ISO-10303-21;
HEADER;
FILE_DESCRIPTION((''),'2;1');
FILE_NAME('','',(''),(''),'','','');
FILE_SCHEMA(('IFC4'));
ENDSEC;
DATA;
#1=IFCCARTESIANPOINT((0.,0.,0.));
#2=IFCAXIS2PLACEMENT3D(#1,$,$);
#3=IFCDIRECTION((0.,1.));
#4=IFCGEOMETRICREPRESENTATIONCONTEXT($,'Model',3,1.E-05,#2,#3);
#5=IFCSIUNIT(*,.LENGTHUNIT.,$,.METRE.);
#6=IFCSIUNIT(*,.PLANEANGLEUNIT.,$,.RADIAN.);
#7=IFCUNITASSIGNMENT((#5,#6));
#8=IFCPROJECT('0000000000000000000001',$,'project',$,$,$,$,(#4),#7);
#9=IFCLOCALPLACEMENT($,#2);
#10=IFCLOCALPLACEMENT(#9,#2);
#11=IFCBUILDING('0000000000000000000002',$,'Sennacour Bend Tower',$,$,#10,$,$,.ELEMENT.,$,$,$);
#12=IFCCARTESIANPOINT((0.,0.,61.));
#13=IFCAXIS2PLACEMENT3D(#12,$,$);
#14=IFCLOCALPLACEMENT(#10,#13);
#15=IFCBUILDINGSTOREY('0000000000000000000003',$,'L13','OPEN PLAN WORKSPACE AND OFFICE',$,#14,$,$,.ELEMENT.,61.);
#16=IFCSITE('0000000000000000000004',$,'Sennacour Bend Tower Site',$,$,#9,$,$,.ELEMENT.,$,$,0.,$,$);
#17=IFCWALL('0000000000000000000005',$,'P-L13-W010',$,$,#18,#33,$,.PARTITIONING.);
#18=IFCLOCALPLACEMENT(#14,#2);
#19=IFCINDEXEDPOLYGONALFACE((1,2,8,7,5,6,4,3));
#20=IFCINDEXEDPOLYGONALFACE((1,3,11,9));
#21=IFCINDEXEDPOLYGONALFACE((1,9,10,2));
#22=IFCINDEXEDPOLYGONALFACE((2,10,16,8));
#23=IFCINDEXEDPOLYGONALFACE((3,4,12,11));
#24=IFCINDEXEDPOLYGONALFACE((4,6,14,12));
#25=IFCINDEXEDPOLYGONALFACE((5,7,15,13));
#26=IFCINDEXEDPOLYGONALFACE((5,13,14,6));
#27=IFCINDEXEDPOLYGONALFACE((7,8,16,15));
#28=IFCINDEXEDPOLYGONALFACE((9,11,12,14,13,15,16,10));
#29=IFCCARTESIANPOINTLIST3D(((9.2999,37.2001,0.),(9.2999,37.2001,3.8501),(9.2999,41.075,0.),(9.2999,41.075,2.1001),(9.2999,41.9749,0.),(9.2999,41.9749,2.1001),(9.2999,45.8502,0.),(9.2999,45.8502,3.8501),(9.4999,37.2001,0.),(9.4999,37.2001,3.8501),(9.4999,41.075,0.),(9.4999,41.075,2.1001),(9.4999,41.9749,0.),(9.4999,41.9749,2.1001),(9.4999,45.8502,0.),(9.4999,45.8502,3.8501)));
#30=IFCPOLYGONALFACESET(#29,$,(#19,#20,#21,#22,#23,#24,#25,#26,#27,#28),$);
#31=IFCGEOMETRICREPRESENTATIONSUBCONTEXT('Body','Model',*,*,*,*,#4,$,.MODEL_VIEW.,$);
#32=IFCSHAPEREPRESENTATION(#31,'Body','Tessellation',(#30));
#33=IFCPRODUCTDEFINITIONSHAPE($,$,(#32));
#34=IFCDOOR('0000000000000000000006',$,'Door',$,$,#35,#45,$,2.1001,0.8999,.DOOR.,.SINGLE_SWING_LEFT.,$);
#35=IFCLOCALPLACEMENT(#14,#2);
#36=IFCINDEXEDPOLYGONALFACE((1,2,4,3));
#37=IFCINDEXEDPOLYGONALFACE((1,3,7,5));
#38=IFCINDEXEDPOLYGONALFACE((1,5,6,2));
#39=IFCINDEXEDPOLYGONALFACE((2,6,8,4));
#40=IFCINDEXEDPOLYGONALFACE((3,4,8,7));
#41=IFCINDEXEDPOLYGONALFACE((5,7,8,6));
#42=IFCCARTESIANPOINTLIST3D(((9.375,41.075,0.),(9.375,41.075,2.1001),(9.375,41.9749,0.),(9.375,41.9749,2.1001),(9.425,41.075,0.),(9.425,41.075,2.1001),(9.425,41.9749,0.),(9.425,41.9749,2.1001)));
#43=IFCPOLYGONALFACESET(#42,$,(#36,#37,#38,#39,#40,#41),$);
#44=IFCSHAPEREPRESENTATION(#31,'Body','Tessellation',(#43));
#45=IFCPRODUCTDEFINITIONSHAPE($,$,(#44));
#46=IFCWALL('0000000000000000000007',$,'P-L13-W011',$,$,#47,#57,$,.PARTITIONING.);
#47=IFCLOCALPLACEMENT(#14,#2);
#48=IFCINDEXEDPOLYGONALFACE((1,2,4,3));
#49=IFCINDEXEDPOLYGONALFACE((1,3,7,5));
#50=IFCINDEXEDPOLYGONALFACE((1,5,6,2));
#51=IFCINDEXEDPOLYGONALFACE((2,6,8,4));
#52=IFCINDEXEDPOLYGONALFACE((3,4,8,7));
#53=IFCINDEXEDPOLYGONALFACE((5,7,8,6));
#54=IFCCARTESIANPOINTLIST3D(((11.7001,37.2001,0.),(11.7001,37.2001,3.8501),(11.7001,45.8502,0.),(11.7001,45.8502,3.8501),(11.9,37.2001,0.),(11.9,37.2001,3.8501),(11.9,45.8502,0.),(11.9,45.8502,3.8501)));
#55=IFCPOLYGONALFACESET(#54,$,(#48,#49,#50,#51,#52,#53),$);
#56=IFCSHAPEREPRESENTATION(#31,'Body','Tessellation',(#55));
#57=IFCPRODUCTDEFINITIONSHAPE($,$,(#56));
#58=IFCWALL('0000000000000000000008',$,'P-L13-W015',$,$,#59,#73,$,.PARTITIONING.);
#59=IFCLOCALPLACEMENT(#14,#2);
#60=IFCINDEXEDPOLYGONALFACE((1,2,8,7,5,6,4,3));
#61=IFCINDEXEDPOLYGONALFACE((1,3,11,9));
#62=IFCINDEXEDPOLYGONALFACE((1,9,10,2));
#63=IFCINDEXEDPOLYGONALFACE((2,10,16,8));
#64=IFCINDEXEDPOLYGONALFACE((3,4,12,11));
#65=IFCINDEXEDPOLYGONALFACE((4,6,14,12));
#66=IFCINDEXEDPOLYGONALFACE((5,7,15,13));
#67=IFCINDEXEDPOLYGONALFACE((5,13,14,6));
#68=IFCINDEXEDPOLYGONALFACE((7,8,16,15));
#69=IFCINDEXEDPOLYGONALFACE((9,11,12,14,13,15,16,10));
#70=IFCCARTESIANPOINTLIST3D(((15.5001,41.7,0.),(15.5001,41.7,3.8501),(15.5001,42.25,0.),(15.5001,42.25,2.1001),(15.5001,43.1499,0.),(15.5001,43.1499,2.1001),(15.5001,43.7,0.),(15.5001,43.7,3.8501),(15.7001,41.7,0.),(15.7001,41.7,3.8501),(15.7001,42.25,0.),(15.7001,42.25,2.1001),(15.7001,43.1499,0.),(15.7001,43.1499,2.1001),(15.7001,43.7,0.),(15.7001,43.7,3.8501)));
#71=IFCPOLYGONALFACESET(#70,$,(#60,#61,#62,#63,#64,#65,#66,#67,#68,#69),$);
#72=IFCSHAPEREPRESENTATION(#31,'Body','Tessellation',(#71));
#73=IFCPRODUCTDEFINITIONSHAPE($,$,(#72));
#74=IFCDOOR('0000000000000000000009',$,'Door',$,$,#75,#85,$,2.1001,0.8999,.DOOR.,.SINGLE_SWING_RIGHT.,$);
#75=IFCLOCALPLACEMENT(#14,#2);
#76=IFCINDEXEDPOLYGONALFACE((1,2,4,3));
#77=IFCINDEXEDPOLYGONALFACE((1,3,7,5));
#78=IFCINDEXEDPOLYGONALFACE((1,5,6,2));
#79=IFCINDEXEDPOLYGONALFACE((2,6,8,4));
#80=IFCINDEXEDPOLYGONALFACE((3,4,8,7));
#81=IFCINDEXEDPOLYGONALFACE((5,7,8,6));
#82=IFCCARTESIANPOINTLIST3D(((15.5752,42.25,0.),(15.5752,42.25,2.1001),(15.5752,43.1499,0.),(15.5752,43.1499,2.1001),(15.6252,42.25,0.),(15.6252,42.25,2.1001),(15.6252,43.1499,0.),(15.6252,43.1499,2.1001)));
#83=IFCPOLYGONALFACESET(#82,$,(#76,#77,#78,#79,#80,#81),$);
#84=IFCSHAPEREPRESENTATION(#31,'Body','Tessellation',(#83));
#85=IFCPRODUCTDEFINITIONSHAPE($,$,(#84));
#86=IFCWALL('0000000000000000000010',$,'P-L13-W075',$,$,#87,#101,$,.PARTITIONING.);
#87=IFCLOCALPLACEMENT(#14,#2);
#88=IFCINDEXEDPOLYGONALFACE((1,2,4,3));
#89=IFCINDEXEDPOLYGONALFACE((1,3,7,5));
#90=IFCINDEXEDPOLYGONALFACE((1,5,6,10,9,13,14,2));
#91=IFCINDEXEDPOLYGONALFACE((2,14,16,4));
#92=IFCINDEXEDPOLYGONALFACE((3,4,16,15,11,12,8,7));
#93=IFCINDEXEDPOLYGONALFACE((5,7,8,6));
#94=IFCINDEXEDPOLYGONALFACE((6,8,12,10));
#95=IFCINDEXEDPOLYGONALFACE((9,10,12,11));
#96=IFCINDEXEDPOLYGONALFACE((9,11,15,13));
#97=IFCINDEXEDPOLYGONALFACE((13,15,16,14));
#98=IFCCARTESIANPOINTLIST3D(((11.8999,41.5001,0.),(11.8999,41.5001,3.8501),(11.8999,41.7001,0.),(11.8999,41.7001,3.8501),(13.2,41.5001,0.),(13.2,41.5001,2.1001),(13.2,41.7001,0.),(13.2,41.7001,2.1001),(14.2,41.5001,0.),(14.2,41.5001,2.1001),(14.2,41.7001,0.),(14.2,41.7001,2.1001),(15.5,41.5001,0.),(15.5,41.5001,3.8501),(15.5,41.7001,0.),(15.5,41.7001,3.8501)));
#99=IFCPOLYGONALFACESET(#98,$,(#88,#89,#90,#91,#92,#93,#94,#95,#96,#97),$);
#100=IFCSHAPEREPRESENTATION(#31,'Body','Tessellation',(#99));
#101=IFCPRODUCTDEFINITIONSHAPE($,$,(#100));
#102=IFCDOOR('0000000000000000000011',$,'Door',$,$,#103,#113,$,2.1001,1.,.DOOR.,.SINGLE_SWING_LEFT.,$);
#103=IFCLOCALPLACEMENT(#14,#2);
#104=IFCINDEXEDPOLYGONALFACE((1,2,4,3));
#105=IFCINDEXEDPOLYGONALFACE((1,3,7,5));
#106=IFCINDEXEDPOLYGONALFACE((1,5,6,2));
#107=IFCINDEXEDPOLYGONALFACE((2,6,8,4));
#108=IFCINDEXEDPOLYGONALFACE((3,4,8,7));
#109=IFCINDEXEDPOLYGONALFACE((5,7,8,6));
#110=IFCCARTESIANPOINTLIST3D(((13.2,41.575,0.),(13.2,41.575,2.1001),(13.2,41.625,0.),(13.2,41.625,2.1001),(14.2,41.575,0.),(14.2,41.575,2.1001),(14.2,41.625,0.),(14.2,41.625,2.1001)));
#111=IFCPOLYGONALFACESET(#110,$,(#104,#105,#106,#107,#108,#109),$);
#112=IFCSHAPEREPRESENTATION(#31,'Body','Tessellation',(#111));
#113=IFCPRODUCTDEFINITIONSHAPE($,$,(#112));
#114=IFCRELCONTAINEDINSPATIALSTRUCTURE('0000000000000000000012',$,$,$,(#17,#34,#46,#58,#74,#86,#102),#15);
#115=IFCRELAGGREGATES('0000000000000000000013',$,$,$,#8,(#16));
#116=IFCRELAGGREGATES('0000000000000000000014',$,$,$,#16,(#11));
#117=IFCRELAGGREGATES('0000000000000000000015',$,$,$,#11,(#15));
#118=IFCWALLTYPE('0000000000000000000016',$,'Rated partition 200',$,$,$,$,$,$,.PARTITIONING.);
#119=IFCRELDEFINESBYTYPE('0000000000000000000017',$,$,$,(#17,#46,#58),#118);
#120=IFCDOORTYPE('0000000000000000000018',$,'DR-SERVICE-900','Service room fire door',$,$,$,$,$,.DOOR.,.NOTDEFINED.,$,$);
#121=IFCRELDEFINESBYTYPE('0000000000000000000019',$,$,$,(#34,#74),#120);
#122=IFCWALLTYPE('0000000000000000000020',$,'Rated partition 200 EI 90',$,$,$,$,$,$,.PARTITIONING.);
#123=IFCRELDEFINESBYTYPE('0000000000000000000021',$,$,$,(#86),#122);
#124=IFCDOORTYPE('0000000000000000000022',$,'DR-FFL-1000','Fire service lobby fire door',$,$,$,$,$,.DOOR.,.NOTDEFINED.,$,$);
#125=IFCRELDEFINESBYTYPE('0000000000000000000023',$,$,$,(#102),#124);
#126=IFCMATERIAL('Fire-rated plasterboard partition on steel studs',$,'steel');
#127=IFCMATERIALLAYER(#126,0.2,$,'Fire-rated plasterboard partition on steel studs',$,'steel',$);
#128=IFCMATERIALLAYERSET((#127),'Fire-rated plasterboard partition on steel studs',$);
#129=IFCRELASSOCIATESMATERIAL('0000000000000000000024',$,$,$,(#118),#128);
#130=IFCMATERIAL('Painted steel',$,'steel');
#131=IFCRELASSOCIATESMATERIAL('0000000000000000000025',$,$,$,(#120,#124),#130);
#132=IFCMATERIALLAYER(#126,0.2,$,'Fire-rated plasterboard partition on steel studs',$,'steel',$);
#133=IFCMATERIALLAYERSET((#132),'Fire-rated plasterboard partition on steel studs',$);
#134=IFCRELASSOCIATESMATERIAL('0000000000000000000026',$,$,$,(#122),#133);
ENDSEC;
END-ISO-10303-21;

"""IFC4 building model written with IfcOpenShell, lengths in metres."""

from ifc_helpers import new_model, si_unit, direction, frame, frame_2d, origin, place, context, subcontext, project, spatial, rectangle, extrude, material, layer, layer_set, type_object, element, fill, save


model = new_model("IFC4")

# Units and contexts
model_context = context("Model", 3, precision=1e-05, world=origin(), true_north=direction((0.0, 1.0)))
body_context = subcontext(model_context, "Body", "Model", "MODEL_VIEW")
ifc_project = project(units=[si_unit("LENGTHUNIT", "METRE"), si_unit("PLANEANGLEUNIT", "RADIAN")], contexts=[model_context])

# Site, building, storey
site_placement = place(None, origin())
site = spatial("IfcSite", under=ifc_project, at=site_placement, Name="Sennacour Bend Tower Site", CompositionType="ELEMENT", RefElevation=0.0)
building_placement = place(site_placement, origin())
building = spatial("IfcBuilding", under=site, at=building_placement, Name="Sennacour Bend Tower", CompositionType="ELEMENT")
storey_placement = place(building_placement, frame((0.0, 0.0, 61.0)))
storey = spatial("IfcBuildingStorey", under=building, at=storey_placement, Name="L13", Description="OPEN PLAN WORKSPACE AND OFFICE", CompositionType="ELEMENT", Elevation=61.0)

# Wall, opening, door
ifc_material_1 = material(Name="Fire-rated plasterboard partition on steel studs", Category="steel")
ifc_layer_1 = layer(ifc_material_1, 0.2, Name="Fire-rated plasterboard partition on steel studs", Category="steel")
ifc_layer_set_1 = layer_set([ifc_layer_1], Name="Fire-rated plasterboard partition on steel studs")
wall_type_1 = type_object("IfcWallType", Name="Rated partition 200", PredefinedType="PARTITIONING", material=ifc_layer_set_1)
wall_1_placement = place(storey_placement, frame((9.3999, 37.2, 0.0), z_axis=(0.0, 0.0, 1.0), x_axis=(0.0, 1.0, 0.0)))
wall_1 = element("IfcWall", 1, at=wall_1_placement, inside=storey, type_object=wall_type_1, Name="P-L13-W010", PredefinedType="PARTITIONING", context=body_context, shape_type="SweptSolid", body=[
    extrude(rectangle(XDim=8.6501, YDim=0.2, at=frame_2d((4.3252, 0.0))), origin(), (0.0, 0.0, 1.0), 3.8501),
])
opening_1_placement = place(wall_1_placement, frame((3.875, 0.0, 0.0)))
opening_1 = element("IfcOpeningElement", 2, at=opening_1_placement, cuts=wall_1, PredefinedType="OPENING", context=body_context, shape_type="SweptSolid", body=[
    extrude(rectangle(XDim=0.8999, YDim=2.1001, at=frame_2d((0.45, 1.05))), frame((0.0, 0.1099, 0.0), z_axis=(0.0, -1.0, 0.0), x_axis=(1.0, 0.0, 0.0)), (0.0, 0.0, 1.0), 0.22),
])
ifc_material_2 = material(Name="Painted steel", Category="steel")
door_type_1 = type_object("IfcDoorType", Name="DR-SERVICE-900", Description="Service room fire door", OperationType="NOTDEFINED", PredefinedType="DOOR", material=ifc_material_2)
door_1_placement = place(opening_1_placement, origin())
door_1 = element("IfcDoor", 3, at=door_1_placement, inside=storey, type_object=door_type_1, Name="Door", OperationType="SINGLE_SWING_LEFT", OverallHeight=2.1001, OverallWidth=0.8999, PredefinedType="DOOR", context=body_context, shape_type="SweptSolid", body=[
    extrude(rectangle(XDim=0.8999, YDim=2.1001, at=frame_2d((0.45, 1.05))), frame((0.0, 0.0249, 0.0), z_axis=(0.0, -1.0, 0.0), x_axis=(1.0, 0.0, 0.0)), (0.0, 0.0, 1.0), 0.05),
])
fill(opening_1, door_1)

# Wall
wall_2_placement = place(storey_placement, frame((11.8, 37.2, 0.0), z_axis=(0.0, 0.0, 1.0), x_axis=(0.0, 1.0, 0.0)))
element("IfcWall", 4, at=wall_2_placement, inside=storey, type_object=wall_type_1, Name="P-L13-W011", PredefinedType="PARTITIONING", context=body_context, shape_type="SweptSolid", body=[
    extrude(rectangle(XDim=8.6501, YDim=0.2, at=frame_2d((4.3252, 0.0))), origin(), (0.0, 0.0, 1.0), 3.8501),
])

# Walls, openings, doors
wall_3_placement = place(storey_placement, frame((15.6001, 41.7, 0.0), z_axis=(0.0, 0.0, 1.0), x_axis=(0.0, 1.0, 0.0)))
wall_3 = element("IfcWall", 5, at=wall_3_placement, inside=storey, type_object=wall_type_1, Name="P-L13-W015", PredefinedType="PARTITIONING", context=body_context, shape_type="SweptSolid", body=[
    extrude(rectangle(XDim=2.0, YDim=0.2, at=frame_2d((1.0, 0.0))), origin(), (0.0, 0.0, 1.0), 3.8501),
])
opening_2_placement = place(wall_3_placement, frame((0.55, 0.0, 0.0)))
opening_2 = element("IfcOpeningElement", 6, at=opening_2_placement, cuts=wall_3, PredefinedType="OPENING", context=body_context, shape_type="SweptSolid", body=[
    extrude(rectangle(XDim=0.8999, YDim=2.1001, at=frame_2d((0.45, 1.05))), frame((0.0, 0.1099, 0.0), z_axis=(0.0, -1.0, 0.0), x_axis=(1.0, 0.0, 0.0)), (0.0, 0.0, 1.0), 0.22),
])
door_2_placement = place(opening_2_placement, origin())
door_2 = element("IfcDoor", 7, at=door_2_placement, inside=storey, type_object=door_type_1, Name="Door", OperationType="SINGLE_SWING_RIGHT", OverallHeight=2.1001, OverallWidth=0.8999, PredefinedType="DOOR", context=body_context, shape_type="SweptSolid", body=[
    extrude(rectangle(XDim=0.8999, YDim=2.1001, at=frame_2d((0.45, 1.05))), frame((0.0, 0.0249, 0.0), z_axis=(0.0, -1.0, 0.0), x_axis=(1.0, 0.0, 0.0)), (0.0, 0.0, 1.0), 0.05),
])
fill(opening_2, door_2)
ifc_layer_2 = layer(ifc_material_1, 0.2, Name="Fire-rated plasterboard partition on steel studs", Category="steel")
ifc_layer_set_2 = layer_set([ifc_layer_2], Name="Fire-rated plasterboard partition on steel studs")
wall_type_2 = type_object("IfcWallType", Name="Rated partition 200 EI 90", PredefinedType="PARTITIONING", material=ifc_layer_set_2)
wall_4_placement = place(storey_placement, frame((11.8999, 41.6001, 0.0), z_axis=(0.0, 0.0, 1.0), x_axis=(1.0, 0.0, 0.0)))
wall_4 = element("IfcWall", 8, at=wall_4_placement, inside=storey, type_object=wall_type_2, Name="P-L13-W075", PredefinedType="PARTITIONING", context=body_context, shape_type="SweptSolid", body=[
    extrude(rectangle(XDim=3.6001, YDim=0.2, at=frame_2d((1.8, 0.0))), origin(), (0.0, 0.0, 1.0), 3.8501),
])
opening_3_placement = place(wall_4_placement, frame((1.3, 0.0, 0.0)))
opening_3 = element("IfcOpeningElement", 9, at=opening_3_placement, cuts=wall_4, PredefinedType="OPENING", context=body_context, shape_type="SweptSolid", body=[
    extrude(rectangle(XDim=1.0, YDim=2.1001, at=frame_2d((0.5, 1.05))), frame((0.0, 0.1099, 0.0), z_axis=(0.0, -1.0, 0.0), x_axis=(1.0, 0.0, 0.0)), (0.0, 0.0, 1.0), 0.22),
])
door_type_2 = type_object("IfcDoorType", Name="DR-FFL-1000", Description="Fire service lobby fire door", OperationType="NOTDEFINED", PredefinedType="DOOR", material=ifc_material_2)
door_3_placement = place(opening_3_placement, origin())
door_3 = element("IfcDoor", 10, at=door_3_placement, inside=storey, type_object=door_type_2, Name="Door", OperationType="SINGLE_SWING_LEFT", OverallHeight=2.1001, OverallWidth=1.0, PredefinedType="DOOR", context=body_context, shape_type="SweptSolid", body=[
    extrude(rectangle(XDim=1.0, YDim=2.1001, at=frame_2d((0.5, 1.05))), frame((0.0, 0.0249, 0.0), z_axis=(0.0, -1.0, 0.0), x_axis=(1.0, 0.0, 0.0)), (0.0, 0.0, 1.0), 0.05),
])
fill(opening_3, door_3)

save(model, "model.ifc")
